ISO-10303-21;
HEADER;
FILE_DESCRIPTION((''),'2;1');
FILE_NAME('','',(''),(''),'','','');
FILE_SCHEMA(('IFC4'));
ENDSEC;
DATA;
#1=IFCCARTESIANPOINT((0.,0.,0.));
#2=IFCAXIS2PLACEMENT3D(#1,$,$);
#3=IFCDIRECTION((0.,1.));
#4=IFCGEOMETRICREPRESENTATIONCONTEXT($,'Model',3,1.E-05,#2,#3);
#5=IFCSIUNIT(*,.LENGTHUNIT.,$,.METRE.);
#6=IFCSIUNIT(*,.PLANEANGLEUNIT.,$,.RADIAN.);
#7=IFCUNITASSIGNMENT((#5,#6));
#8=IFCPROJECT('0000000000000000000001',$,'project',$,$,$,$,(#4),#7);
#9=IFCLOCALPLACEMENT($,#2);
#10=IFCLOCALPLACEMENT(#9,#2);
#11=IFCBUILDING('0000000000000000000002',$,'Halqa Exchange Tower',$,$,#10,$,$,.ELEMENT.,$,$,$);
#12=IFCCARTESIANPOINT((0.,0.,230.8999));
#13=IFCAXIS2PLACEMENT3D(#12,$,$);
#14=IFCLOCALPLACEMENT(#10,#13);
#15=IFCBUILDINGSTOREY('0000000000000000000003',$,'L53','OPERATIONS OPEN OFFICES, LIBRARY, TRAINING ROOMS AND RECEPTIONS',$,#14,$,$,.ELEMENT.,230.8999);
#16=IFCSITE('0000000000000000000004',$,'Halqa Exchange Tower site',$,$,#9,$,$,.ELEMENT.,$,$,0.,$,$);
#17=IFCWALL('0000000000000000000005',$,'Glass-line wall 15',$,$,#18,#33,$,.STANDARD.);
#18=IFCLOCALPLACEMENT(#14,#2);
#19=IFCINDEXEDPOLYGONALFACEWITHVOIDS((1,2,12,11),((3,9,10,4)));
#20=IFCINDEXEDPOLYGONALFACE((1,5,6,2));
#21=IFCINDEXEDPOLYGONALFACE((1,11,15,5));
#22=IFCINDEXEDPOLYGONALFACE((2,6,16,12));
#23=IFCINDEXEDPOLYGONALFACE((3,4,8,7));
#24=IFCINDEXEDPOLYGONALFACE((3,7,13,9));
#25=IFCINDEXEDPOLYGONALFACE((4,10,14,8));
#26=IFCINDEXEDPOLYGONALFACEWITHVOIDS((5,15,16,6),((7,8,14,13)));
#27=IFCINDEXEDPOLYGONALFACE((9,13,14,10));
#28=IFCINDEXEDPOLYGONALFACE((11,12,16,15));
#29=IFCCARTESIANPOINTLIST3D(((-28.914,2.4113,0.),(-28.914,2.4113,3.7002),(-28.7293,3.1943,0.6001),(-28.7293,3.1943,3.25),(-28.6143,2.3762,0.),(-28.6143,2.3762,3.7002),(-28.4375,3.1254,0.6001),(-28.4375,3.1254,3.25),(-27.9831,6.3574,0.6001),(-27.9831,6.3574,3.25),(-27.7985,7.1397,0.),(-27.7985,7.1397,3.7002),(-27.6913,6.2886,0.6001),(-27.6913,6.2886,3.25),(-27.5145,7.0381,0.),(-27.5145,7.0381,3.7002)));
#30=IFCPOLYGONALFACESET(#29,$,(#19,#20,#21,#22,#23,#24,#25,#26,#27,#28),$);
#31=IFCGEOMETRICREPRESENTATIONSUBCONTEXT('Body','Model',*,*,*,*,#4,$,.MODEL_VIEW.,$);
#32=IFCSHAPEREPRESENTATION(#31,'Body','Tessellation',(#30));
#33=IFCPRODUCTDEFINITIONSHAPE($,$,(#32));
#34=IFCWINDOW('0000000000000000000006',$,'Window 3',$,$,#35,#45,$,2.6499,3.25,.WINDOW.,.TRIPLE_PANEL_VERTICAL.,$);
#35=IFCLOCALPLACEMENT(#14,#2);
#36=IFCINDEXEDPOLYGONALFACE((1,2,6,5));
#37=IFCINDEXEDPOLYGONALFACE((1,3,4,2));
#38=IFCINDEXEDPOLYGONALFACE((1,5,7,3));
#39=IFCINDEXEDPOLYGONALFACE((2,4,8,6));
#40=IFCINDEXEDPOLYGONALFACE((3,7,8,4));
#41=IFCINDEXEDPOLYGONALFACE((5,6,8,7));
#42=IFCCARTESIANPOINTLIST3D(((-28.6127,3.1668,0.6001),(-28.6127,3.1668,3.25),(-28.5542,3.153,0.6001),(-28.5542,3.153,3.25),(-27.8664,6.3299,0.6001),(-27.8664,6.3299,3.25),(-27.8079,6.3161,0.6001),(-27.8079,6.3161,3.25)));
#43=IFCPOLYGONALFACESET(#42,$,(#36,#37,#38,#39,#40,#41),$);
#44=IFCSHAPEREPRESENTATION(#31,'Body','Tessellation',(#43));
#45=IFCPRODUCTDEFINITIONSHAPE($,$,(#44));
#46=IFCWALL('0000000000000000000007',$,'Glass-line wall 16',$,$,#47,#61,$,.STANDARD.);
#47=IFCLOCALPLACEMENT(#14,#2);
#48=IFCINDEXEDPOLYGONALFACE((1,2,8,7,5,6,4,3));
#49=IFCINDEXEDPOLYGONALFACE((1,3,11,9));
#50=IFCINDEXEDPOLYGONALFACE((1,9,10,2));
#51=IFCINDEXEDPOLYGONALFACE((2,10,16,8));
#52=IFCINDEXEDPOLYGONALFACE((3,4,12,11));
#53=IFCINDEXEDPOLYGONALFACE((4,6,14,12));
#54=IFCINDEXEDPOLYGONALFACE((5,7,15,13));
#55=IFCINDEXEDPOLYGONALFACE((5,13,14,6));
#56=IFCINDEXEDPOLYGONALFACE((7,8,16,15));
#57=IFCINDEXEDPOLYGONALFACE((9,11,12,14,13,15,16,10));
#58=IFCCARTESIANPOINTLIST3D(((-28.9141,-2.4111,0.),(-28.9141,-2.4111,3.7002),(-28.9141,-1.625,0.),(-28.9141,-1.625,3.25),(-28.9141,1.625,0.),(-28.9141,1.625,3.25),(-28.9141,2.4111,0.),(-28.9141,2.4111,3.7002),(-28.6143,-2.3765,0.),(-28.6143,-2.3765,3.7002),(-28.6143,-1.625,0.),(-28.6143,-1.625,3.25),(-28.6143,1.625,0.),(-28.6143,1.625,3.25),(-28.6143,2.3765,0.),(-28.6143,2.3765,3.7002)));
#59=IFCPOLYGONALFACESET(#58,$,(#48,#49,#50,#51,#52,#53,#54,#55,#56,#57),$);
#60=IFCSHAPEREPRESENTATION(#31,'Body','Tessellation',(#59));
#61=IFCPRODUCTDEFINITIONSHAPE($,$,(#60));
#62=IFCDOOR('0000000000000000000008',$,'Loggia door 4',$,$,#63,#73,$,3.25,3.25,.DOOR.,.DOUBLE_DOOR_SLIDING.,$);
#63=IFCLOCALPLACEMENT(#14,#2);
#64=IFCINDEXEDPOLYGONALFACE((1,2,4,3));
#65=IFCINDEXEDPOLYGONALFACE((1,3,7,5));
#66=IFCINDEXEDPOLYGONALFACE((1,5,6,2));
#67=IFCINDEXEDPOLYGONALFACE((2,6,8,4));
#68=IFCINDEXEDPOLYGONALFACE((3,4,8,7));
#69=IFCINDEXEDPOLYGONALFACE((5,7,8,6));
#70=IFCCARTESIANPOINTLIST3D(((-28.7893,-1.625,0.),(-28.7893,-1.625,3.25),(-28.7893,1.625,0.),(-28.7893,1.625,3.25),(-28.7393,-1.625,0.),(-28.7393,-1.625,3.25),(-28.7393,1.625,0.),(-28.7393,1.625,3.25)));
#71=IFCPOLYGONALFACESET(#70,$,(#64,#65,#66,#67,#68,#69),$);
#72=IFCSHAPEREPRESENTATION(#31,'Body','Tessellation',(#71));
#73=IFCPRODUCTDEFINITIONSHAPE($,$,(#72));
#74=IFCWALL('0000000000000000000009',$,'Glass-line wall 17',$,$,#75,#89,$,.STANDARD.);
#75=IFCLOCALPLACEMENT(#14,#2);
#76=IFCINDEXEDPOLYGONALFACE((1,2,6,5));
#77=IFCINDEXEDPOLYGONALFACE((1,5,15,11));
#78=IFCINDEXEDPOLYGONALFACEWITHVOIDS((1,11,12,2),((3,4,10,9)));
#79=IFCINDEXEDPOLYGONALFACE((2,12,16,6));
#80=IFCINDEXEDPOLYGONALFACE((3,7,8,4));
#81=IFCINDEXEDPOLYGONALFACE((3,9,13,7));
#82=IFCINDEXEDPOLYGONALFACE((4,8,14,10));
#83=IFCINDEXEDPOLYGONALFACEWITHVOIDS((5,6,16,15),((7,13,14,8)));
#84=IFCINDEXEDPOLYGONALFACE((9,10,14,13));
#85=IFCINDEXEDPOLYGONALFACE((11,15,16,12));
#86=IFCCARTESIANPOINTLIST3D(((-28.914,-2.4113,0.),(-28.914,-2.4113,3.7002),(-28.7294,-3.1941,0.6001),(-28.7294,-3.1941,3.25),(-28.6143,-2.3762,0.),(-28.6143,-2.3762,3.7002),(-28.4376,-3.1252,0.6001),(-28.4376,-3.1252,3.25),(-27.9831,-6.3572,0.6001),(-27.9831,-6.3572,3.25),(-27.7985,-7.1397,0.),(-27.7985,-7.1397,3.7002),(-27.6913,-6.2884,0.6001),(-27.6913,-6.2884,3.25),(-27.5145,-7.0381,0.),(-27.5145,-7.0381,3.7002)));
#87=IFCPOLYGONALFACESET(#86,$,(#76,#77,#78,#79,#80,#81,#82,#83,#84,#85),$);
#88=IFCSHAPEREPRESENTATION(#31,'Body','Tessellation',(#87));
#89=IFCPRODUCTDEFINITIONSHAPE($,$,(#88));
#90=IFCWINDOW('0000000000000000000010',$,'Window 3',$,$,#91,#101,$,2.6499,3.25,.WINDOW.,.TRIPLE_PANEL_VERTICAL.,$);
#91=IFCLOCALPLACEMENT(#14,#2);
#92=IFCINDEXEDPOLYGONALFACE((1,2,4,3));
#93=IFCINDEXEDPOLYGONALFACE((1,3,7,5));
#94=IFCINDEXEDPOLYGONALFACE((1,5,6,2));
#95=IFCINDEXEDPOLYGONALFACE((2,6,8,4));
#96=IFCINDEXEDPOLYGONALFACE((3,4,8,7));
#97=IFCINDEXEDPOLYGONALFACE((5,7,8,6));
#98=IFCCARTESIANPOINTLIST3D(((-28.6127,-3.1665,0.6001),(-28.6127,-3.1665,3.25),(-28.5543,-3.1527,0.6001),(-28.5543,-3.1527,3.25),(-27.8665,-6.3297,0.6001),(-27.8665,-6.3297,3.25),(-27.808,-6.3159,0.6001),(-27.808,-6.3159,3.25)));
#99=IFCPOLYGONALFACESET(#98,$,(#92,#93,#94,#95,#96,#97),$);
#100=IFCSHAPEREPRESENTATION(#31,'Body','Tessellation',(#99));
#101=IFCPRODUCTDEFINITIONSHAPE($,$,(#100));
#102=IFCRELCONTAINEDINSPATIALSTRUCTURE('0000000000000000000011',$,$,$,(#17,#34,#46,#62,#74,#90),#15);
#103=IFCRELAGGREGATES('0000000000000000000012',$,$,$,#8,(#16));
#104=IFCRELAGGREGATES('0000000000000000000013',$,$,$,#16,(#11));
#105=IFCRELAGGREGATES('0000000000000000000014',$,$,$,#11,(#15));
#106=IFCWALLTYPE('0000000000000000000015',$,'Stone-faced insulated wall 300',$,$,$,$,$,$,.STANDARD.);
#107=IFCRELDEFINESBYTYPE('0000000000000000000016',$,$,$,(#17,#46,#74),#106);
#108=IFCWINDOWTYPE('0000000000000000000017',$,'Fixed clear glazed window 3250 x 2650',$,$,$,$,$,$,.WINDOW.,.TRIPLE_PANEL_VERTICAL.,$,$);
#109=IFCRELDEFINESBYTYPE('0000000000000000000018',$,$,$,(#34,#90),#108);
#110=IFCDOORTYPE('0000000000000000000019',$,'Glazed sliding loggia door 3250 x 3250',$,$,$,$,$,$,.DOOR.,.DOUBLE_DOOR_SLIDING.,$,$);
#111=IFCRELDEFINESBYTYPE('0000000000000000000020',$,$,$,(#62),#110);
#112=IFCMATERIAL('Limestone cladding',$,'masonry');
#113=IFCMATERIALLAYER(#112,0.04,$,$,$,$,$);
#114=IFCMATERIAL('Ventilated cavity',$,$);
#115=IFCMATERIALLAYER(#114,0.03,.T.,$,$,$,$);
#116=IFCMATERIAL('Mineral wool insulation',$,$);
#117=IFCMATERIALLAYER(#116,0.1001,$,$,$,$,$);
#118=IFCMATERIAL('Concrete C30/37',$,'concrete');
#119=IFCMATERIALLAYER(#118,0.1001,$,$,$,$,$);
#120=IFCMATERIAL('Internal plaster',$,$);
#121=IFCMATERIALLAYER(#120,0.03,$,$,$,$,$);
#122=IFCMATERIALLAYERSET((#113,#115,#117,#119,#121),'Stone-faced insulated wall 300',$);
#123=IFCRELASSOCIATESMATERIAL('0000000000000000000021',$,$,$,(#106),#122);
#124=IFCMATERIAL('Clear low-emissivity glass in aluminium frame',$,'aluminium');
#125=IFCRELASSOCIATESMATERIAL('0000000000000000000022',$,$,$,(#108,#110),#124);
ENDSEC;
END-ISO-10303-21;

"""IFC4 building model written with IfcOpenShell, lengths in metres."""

from ifc_helpers import new_model, si_unit, direction, frame, frame_2d, origin, place, context, subcontext, project, spatial, polyline, rectangle, outline, extrude, material, layer, layer_set, type_object, element, fill, save


model = new_model("IFC4")

# Units and contexts
model_context = context("Model", 3, precision=1e-05, world=origin(), true_north=direction((0.0, 1.0)))
body_context = subcontext(model_context, "Body", "Model", "MODEL_VIEW")
ifc_project = project(units=[si_unit("LENGTHUNIT", "METRE"), si_unit("PLANEANGLEUNIT", "RADIAN")], contexts=[model_context])

# Site, building, storey
site_placement = place(None, origin())
site = spatial("IfcSite", under=ifc_project, at=site_placement, Name="Halqa Exchange Tower site", CompositionType="ELEMENT", RefElevation=0.0)
building_placement = place(site_placement, origin())
building = spatial("IfcBuilding", under=site, at=building_placement, Name="Halqa Exchange Tower", CompositionType="ELEMENT")
storey_placement = place(building_placement, frame((0.0, 0.0, 230.8999)))
storey = spatial("IfcBuildingStorey", under=building, at=storey_placement, Name="L53", Description="OPERATIONS OPEN OFFICES, LIBRARY, TRAINING ROOMS AND RECEPTIONS", CompositionType="ELEMENT", Elevation=230.8999)

# Wall, opening, window
ifc_material_1 = material(Name="Limestone cladding", Category="masonry")
ifc_layer_1 = layer(ifc_material_1, 0.04)
ifc_material_2 = material(Name="Ventilated cavity")
ifc_layer_2 = layer(ifc_material_2, 0.03, ventilated=True)
ifc_material_3 = material(Name="Mineral wool insulation")
ifc_layer_3 = layer(ifc_material_3, 0.1001)
ifc_material_4 = material(Name="Concrete C30/37", Category="concrete")
ifc_layer_4 = layer(ifc_material_4, 0.1001)
ifc_material_5 = material(Name="Internal plaster")
ifc_layer_5 = layer(ifc_material_5, 0.03)
ifc_layer_set_1 = layer_set([ifc_layer_1, ifc_layer_2, ifc_layer_3, ifc_layer_4, ifc_layer_5], Name="Stone-faced insulated wall 300")
wall_type_1 = type_object("IfcWallType", Name="Stone-faced insulated wall 300", PredefinedType="STANDARD", material=ifc_layer_set_1)
ifc_material_6 = material(Name="Clear low-emissivity glass in aluminium frame", Category="aluminium")
window_type = type_object("IfcWindowType", Name="Fixed clear glazed window 3250 x 2650", PartitioningType="TRIPLE_PANEL_VERTICAL", PredefinedType="WINDOW", material=ifc_material_6)
wall_1_placement = place(storey_placement, frame((-27.6565, 7.0889, 0.0), z_axis=(0.0, 0.0, 1.0), x_axis=(-0.229618, -0.973281, 0.0)))
wall_1 = element("IfcWall", 1, at=wall_1_placement, inside=storey, type_object=wall_type_1, Name="Glass-line wall 15", PredefinedType="STANDARD", context=body_context, shape_type="SweptSolid", body=[
    extrude(outline(polyline([(-0.0168, -0.1499), (4.8413, -0.1499), (4.8066, 0.1499), (0.0168, 0.1499), (-0.0168, -0.1499)])), origin(), (0.0, 0.0, 1.0), 3.7002),
])
opening_1_placement = place(wall_1_placement, frame((0.7869, 0.0, 0.6001)))
opening_1 = element("IfcOpeningElement", 2, at=opening_1_placement, cuts=wall_1, PredefinedType="OPENING", context=body_context, shape_type="SweptSolid", body=[
    extrude(rectangle(XDim=3.25, YDim=2.6499, at=frame_2d((1.625, 1.325))), frame((0.0, 0.1621, 0.0), z_axis=(0.0, -1.0, 0.0), x_axis=(1.0, 0.0, 0.0)), (0.0, 0.0, 1.0), 0.324),
])
window_1_placement = place(opening_1_placement, origin())
window_1 = element("IfcWindow", 3, at=window_1_placement, inside=storey, type_object=window_type, Name="Window 3", OverallHeight=2.6499, OverallWidth=3.25, PartitioningType="TRIPLE_PANEL_VERTICAL", PredefinedType="WINDOW", context=body_context, shape_type="SweptSolid", body=[
    extrude(rectangle(XDim=3.25, YDim=2.6499, at=frame_2d((1.625, 1.325))), frame((0.0, 0.03, 0.0), z_axis=(0.0, -1.0, 0.0), x_axis=(1.0, 0.0, 0.0)), (0.0, 0.0, 1.0), 0.0601),
])
fill(opening_1, window_1)

# Wall, opening, door
wall_2_placement = place(storey_placement, frame((-28.7642, 2.3938, 0.0), z_axis=(0.0, 0.0, 1.0), x_axis=(0.0, -1.0, 0.0)))
wall_2 = element("IfcWall", 4, at=wall_2_placement, inside=storey, type_object=wall_type_1, Name="Glass-line wall 16", PredefinedType="STANDARD", context=body_context, shape_type="SweptSolid", body=[
    extrude(outline(polyline([(-0.0173, -0.1499), (4.8049, -0.1499), (4.7703, 0.1499), (0.0173, 0.1499), (-0.0173, -0.1499)])), origin(), (0.0, 0.0, 1.0), 3.7002),
])
opening_2_placement = place(wall_2_placement, frame((0.7688, 0.0, 0.0)))
opening_2 = element("IfcOpeningElement", 5, at=opening_2_placement, cuts=wall_2, PredefinedType="OPENING", context=body_context, shape_type="SweptSolid", body=[
    extrude(rectangle(XDim=3.25, YDim=3.25, at=frame_2d((1.625, 1.625))), frame((0.0, 0.1621, 0.0), z_axis=(0.0, -1.0, 0.0), x_axis=(1.0, 0.0, 0.0)), (0.0, 0.0, 1.0), 0.324),
])
door_type_1 = type_object("IfcDoorType", Name="Glazed sliding loggia door 3250 x 3250", OperationType="DOUBLE_DOOR_SLIDING", PredefinedType="DOOR", material=ifc_material_6)
door_1_placement = place(opening_2_placement, origin())
door_1 = element("IfcDoor", 6, at=door_1_placement, inside=storey, type_object=door_type_1, Name="Loggia door 4", OperationType="DOUBLE_DOOR_SLIDING", OverallHeight=3.25, OverallWidth=3.25, PredefinedType="DOOR", context=body_context, shape_type="SweptSolid", body=[
    extrude(rectangle(XDim=3.25, YDim=3.25, at=frame_2d((1.625, 1.625))), frame((0.0, 0.0249, 0.0), z_axis=(0.0, -1.0, 0.0), x_axis=(1.0, 0.0, 0.0)), (0.0, 0.0, 1.0), 0.05),
])
fill(opening_2, door_1)

# Wall, opening, window
wall_3_placement = place(storey_placement, frame((-28.7642, -2.3938, 0.0), z_axis=(0.0, 0.0, 1.0), x_axis=(0.229618, -0.973281, 0.0)))
wall_3 = element("IfcWall", 7, at=wall_3_placement, inside=storey, type_object=wall_type_1, Name="Glass-line wall 17", PredefinedType="STANDARD", context=body_context, shape_type="SweptSolid", body=[
    extrude(outline(polyline([(-0.0173, -0.1499), (4.8408, -0.1499), (4.8071, 0.1499), (0.0173, 0.1499), (-0.0173, -0.1499)])), origin(), (0.0, 0.0, 1.0), 3.7002),
])
opening_3_placement = place(wall_3_placement, frame((0.7869, 0.0, 0.6001)))
opening_3 = element("IfcOpeningElement", 8, at=opening_3_placement, cuts=wall_3, PredefinedType="OPENING", context=body_context, shape_type="SweptSolid", body=[
    extrude(rectangle(XDim=3.25, YDim=2.6499, at=frame_2d((1.625, 1.325))), frame((0.0, 0.1621, 0.0), z_axis=(0.0, -1.0, 0.0), x_axis=(1.0, 0.0, 0.0)), (0.0, 0.0, 1.0), 0.324),
])
window_2_placement = place(opening_3_placement, origin())
window_2 = element("IfcWindow", 9, at=window_2_placement, inside=storey, type_object=window_type, Name="Window 3", OverallHeight=2.6499, OverallWidth=3.25, PartitioningType="TRIPLE_PANEL_VERTICAL", PredefinedType="WINDOW", context=body_context, shape_type="SweptSolid", body=[
    extrude(rectangle(XDim=3.25, YDim=2.6499, at=frame_2d((1.625, 1.325))), frame((0.0, 0.03, 0.0), z_axis=(0.0, -1.0, 0.0), x_axis=(1.0, 0.0, 0.0)), (0.0, 0.0, 1.0), 0.0601),
])
fill(opening_3, window_2)

save(model, "model.ifc")
